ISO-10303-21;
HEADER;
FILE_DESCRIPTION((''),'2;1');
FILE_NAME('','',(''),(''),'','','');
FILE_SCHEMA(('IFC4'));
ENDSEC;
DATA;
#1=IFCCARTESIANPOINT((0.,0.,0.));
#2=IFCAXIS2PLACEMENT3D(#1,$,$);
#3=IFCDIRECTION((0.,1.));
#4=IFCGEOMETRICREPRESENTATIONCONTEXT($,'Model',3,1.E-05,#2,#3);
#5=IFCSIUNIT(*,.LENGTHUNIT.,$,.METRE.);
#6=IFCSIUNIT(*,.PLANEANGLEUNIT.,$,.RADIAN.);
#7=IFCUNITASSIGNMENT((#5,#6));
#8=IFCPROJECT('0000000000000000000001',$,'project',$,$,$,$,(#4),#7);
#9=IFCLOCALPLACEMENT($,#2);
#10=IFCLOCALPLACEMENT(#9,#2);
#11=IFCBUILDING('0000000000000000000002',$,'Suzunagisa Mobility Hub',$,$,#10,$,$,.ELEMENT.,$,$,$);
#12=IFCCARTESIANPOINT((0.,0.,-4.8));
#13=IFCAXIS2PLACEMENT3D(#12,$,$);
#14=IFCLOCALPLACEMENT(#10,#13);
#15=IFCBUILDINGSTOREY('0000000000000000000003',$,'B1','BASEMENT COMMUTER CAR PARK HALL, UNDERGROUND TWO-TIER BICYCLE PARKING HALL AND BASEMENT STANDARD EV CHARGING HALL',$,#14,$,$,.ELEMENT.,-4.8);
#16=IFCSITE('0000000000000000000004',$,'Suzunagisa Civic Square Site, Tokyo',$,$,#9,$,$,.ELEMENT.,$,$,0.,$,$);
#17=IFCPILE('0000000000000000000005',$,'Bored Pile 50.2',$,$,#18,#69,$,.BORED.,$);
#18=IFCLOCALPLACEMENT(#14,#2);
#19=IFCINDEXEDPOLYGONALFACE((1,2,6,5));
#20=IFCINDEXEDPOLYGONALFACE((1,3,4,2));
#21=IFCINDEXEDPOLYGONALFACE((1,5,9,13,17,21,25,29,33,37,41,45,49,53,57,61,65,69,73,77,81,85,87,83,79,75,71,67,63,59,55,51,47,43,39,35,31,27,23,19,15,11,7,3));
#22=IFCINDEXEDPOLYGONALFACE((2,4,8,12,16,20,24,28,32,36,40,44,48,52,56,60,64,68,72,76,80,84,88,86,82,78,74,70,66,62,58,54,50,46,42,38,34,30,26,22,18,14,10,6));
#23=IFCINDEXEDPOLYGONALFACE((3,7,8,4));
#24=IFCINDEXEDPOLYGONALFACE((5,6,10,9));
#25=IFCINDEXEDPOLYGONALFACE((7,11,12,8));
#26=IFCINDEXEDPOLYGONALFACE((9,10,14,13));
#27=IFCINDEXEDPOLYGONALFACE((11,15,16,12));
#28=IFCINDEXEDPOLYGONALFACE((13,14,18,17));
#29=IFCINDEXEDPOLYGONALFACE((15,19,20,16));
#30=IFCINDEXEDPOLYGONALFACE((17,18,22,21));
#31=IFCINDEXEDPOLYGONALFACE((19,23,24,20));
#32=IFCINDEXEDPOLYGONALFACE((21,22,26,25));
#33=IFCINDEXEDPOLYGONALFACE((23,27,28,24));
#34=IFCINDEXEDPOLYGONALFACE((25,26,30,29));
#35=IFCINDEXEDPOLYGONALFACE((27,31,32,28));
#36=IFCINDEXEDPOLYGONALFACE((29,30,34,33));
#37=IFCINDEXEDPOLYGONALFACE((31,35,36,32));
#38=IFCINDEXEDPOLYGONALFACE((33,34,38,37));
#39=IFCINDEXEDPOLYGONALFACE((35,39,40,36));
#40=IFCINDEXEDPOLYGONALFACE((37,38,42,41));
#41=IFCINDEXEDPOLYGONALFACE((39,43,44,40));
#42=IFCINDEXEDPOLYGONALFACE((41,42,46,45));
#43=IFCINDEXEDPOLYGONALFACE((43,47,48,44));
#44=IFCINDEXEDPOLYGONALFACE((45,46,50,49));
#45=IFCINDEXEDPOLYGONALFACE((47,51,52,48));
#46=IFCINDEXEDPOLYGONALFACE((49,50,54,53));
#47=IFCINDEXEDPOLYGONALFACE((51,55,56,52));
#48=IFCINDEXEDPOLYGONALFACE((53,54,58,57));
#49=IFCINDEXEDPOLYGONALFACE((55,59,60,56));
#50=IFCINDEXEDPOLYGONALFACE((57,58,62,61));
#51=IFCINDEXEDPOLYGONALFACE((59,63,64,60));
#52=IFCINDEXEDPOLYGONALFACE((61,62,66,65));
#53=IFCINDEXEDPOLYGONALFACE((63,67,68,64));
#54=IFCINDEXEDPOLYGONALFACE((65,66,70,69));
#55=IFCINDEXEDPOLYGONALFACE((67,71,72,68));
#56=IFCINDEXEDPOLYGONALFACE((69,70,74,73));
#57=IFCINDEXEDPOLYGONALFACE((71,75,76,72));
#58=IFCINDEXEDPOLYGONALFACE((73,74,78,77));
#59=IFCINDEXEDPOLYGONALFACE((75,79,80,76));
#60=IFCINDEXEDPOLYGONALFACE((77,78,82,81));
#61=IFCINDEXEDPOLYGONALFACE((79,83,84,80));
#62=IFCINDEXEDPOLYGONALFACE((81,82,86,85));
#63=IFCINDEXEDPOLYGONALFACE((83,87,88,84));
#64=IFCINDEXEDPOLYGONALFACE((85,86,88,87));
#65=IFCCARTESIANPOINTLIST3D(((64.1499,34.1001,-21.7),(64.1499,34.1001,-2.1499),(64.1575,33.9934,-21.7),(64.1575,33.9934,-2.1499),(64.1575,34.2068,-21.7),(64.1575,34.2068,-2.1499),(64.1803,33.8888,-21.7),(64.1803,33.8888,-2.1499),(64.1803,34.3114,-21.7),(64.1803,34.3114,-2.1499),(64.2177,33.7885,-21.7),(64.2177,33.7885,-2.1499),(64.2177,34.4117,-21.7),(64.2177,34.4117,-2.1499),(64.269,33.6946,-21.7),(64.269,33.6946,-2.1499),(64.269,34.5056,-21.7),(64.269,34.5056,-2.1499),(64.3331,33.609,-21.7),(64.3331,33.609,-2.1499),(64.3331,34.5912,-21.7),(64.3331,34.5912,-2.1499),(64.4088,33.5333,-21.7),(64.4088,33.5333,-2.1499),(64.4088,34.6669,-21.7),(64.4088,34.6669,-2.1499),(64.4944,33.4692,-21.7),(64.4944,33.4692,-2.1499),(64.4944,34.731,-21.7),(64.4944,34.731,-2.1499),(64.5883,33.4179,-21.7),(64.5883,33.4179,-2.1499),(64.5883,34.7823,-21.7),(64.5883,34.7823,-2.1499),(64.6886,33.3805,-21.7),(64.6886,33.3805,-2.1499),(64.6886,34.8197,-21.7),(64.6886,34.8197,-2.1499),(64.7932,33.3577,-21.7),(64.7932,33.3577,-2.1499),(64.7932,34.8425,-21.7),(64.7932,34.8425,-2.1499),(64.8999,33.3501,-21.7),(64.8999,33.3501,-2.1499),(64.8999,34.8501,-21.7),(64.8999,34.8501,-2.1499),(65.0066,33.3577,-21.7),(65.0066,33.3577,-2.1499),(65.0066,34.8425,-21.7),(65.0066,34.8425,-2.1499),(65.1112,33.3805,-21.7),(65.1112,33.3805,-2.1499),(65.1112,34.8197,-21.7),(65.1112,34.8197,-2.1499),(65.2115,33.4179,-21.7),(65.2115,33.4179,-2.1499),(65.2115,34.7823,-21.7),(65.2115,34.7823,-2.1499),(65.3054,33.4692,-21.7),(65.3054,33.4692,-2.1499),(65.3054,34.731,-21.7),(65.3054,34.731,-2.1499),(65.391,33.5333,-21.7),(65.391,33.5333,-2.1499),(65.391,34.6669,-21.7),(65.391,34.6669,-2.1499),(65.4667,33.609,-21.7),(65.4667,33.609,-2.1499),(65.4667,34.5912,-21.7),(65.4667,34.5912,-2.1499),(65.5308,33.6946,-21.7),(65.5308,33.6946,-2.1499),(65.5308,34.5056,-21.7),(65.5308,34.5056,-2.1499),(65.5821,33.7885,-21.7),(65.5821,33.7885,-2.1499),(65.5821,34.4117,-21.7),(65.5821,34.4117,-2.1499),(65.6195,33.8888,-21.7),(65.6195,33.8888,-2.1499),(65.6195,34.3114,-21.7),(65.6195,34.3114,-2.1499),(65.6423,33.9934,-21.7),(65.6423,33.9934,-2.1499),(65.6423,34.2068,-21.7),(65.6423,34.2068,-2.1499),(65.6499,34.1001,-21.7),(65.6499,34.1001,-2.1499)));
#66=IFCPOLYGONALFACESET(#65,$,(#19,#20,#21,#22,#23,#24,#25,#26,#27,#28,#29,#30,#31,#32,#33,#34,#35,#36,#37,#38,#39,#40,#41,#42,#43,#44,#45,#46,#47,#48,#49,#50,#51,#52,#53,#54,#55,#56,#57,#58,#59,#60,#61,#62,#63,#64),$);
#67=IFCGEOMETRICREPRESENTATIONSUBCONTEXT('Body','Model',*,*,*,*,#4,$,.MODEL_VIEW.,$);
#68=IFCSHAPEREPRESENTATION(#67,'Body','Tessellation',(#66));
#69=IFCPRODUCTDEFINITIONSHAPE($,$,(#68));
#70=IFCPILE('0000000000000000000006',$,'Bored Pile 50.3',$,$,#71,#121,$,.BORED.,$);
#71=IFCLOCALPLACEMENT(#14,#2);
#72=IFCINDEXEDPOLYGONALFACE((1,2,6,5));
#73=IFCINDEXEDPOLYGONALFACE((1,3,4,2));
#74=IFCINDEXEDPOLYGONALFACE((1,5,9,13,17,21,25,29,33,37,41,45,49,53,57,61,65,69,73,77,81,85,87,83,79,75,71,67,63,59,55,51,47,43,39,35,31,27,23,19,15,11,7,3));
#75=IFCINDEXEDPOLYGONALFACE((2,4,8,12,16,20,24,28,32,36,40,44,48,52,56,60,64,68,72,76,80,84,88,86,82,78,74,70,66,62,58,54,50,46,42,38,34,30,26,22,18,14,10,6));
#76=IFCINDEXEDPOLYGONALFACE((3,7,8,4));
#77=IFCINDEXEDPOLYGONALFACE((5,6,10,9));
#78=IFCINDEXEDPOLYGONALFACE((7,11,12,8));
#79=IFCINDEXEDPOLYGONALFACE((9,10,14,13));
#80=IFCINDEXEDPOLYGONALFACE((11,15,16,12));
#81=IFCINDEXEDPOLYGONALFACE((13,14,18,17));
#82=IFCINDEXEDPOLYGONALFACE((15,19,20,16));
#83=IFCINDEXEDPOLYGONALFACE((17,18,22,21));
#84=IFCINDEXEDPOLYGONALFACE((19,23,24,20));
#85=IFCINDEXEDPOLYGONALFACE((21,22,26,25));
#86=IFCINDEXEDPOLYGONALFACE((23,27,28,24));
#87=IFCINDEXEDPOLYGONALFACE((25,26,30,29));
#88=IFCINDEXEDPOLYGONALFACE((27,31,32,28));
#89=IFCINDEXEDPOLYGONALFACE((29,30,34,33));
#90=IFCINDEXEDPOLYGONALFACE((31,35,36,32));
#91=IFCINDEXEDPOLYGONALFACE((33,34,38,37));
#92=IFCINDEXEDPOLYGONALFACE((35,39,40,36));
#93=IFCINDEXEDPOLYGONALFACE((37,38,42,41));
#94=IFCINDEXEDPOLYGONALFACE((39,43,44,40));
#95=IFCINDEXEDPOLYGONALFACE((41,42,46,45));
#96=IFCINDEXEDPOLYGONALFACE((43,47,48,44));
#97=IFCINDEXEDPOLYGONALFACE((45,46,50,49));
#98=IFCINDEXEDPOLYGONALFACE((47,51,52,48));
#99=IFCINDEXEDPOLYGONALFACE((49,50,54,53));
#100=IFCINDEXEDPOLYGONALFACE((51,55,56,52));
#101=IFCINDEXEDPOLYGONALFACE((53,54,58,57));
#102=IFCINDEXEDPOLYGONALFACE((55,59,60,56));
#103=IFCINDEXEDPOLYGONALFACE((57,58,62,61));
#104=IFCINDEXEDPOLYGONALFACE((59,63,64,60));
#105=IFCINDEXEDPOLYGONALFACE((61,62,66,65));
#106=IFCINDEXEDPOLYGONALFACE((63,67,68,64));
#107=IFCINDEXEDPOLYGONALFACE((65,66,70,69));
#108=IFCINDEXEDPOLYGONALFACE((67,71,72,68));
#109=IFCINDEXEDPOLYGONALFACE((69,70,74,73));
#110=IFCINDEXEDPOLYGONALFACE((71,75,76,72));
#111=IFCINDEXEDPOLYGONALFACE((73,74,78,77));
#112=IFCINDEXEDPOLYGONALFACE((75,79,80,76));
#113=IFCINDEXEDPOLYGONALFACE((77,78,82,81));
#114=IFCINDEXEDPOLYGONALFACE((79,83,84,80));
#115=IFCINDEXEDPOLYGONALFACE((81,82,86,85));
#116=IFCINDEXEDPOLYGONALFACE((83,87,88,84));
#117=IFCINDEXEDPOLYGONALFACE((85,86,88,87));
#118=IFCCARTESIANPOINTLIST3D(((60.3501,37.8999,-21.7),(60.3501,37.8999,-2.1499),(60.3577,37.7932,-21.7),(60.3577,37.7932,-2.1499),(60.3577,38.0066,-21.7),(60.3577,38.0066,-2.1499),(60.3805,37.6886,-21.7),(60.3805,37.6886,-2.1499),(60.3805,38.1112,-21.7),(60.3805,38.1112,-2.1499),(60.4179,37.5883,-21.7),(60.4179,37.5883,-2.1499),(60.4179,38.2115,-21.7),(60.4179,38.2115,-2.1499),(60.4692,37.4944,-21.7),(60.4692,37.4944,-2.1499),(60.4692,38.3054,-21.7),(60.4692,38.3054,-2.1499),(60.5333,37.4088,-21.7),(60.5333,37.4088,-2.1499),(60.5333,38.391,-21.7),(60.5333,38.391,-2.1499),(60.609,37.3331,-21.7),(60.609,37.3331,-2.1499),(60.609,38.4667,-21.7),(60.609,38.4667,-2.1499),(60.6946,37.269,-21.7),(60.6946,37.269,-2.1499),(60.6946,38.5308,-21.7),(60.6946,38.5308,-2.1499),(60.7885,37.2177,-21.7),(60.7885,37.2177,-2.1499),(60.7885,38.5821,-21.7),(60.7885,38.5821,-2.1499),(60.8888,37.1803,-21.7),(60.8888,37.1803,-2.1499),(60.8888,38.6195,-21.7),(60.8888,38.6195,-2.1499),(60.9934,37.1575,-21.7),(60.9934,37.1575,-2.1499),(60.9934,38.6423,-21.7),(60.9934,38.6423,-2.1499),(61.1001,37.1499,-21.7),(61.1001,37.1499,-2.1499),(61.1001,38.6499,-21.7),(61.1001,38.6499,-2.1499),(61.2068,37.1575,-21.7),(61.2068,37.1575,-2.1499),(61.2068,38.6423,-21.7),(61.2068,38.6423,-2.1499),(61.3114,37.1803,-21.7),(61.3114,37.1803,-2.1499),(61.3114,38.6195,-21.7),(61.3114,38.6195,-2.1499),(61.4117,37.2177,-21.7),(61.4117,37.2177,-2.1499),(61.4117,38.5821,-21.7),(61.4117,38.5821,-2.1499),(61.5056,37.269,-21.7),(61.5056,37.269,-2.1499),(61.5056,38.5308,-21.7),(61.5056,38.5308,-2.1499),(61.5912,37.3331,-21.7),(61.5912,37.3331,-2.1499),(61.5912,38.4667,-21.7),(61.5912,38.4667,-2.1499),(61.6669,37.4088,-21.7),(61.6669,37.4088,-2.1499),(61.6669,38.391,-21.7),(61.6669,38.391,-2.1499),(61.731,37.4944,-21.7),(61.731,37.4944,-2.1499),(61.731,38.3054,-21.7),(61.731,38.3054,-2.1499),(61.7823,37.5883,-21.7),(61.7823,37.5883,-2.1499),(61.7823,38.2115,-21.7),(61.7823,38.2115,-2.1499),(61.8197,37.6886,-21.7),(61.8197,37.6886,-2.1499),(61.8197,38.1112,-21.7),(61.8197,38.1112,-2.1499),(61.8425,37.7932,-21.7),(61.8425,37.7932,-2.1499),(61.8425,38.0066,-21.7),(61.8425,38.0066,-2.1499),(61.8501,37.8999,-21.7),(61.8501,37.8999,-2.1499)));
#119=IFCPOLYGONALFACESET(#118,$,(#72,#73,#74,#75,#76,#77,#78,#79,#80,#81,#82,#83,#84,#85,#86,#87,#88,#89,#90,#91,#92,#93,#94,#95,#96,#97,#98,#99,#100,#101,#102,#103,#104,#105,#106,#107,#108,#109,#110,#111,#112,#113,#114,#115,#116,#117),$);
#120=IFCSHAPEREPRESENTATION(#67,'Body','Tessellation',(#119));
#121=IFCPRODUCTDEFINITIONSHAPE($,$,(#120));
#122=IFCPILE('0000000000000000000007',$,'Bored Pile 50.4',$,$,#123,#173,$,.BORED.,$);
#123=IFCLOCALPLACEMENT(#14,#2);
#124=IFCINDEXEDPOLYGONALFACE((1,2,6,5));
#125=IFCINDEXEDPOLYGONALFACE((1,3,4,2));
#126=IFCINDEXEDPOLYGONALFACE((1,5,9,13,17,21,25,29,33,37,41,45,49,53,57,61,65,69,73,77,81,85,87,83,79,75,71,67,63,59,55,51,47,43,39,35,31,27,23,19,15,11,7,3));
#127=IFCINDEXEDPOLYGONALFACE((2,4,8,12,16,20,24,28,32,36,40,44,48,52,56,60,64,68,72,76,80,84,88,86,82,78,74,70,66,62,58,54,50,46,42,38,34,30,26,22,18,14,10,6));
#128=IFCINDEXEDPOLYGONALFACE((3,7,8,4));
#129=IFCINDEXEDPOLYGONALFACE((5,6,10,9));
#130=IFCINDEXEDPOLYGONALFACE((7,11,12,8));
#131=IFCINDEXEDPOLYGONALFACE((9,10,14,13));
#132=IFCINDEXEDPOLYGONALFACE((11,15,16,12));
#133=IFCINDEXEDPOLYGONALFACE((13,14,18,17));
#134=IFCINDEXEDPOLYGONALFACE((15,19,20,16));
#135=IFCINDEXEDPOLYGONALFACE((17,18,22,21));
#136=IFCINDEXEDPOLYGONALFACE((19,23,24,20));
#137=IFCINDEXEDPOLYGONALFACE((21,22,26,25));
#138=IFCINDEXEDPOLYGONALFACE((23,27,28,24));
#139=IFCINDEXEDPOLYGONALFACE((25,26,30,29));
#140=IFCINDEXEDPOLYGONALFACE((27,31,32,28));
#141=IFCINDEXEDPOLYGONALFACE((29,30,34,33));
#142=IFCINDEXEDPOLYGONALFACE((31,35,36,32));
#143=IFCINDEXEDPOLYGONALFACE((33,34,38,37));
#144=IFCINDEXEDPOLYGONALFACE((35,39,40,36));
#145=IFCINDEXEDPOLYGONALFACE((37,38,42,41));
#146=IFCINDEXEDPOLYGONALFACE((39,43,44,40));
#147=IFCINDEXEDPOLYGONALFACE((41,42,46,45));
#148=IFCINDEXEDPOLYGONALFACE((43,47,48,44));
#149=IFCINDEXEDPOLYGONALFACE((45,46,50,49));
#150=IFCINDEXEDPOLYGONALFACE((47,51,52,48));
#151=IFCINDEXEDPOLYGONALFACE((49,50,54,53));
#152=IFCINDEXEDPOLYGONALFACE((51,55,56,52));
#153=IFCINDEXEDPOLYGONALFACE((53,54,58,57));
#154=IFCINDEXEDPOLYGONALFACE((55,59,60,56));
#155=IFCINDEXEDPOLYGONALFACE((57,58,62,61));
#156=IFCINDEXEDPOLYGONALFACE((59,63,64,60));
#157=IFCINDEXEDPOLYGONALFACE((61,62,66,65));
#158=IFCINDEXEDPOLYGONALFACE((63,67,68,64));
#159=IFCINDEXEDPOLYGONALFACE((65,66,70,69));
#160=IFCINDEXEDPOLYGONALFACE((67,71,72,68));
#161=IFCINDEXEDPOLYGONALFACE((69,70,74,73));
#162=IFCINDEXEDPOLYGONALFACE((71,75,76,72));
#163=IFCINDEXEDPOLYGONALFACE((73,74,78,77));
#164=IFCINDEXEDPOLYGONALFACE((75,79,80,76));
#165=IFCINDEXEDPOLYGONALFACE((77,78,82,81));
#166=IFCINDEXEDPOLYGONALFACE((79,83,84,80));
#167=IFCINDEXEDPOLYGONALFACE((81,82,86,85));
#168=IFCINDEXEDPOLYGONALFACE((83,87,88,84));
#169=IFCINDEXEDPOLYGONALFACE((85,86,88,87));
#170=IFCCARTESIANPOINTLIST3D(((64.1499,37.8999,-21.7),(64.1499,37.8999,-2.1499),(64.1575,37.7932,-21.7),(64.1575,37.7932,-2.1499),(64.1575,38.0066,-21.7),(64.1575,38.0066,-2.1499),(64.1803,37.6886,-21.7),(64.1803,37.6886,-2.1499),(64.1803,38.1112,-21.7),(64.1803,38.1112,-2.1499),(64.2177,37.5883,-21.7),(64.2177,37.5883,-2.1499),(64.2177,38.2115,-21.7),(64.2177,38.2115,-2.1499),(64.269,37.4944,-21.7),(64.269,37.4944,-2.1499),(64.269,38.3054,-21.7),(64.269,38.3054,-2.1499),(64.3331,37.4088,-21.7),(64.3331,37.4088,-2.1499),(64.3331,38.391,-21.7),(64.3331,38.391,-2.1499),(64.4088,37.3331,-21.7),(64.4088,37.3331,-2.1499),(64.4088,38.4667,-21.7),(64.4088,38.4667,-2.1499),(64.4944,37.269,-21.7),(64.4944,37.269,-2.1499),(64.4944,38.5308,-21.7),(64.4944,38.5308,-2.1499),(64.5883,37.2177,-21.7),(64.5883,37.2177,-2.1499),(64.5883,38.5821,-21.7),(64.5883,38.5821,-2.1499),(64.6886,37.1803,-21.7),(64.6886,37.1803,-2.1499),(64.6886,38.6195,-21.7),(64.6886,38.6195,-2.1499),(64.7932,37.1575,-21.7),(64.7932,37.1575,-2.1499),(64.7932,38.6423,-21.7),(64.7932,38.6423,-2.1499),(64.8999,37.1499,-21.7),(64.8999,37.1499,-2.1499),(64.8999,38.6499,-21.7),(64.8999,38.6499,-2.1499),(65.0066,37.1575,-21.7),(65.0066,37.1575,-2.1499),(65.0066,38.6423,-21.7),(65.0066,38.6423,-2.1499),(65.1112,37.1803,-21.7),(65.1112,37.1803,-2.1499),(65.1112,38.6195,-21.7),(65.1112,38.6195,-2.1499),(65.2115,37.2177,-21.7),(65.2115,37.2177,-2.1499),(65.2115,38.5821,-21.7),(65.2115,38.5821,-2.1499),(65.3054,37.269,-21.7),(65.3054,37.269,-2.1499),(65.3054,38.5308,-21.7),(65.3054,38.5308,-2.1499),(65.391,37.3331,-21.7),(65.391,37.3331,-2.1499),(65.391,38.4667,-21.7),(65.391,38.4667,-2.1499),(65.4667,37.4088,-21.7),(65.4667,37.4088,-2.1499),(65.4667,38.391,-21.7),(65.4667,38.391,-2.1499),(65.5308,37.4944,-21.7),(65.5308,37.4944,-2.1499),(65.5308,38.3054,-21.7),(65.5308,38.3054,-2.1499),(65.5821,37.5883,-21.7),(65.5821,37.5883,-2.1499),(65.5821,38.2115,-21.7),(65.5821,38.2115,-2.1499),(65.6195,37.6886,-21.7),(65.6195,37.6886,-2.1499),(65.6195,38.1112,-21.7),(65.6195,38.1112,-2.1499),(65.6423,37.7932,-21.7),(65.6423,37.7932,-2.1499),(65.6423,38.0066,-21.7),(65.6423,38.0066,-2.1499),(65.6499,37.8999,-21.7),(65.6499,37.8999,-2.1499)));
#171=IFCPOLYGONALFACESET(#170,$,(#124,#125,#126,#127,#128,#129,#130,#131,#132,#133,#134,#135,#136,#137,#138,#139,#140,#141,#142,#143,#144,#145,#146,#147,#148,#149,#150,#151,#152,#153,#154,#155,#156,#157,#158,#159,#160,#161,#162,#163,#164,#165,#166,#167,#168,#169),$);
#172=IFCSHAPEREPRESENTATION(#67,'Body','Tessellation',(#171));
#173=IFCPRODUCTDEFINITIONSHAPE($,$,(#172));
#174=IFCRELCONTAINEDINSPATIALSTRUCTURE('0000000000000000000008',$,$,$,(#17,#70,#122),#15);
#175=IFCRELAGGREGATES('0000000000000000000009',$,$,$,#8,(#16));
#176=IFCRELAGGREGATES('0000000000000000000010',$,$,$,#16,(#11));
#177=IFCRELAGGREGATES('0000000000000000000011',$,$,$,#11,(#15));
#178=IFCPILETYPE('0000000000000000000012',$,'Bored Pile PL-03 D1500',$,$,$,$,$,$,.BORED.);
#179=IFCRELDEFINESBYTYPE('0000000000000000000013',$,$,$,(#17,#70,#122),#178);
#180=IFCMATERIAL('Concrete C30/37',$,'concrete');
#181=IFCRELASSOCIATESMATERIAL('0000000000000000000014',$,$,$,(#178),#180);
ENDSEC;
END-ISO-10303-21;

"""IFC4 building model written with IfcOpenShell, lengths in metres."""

from ifc_helpers import new_model, si_unit, direction, frame, origin, origin_2d, place, context, subcontext, project, spatial, circle, extrude, material, material_profile, profile_set, type_object, element, save


model = new_model("IFC4")

# Units and contexts
model_context = context("Model", 3, precision=1e-05, world=origin(), true_north=direction((0.0, 1.0)))
body_context = subcontext(model_context, "Body", "Model", "MODEL_VIEW")
ifc_project = project(units=[si_unit("LENGTHUNIT", "METRE"), si_unit("PLANEANGLEUNIT", "RADIAN")], contexts=[model_context])

# Site, building, storey
site_placement = place(None, origin())
site = spatial("IfcSite", under=ifc_project, at=site_placement, Name="Suzunagisa Civic Square Site, Tokyo", CompositionType="ELEMENT", RefElevation=0.0)
building_placement = place(site_placement, origin())
building = spatial("IfcBuilding", under=site, at=building_placement, Name="Suzunagisa Mobility Hub", CompositionType="ELEMENT")
storey_placement = place(building_placement, frame((0.0, 0.0, -4.8)))
storey = spatial("IfcBuildingStorey", under=building, at=storey_placement, Name="B1", Description="BASEMENT COMMUTER CAR PARK HALL, UNDERGROUND TWO-TIER BICYCLE PARKING HALL AND BASEMENT STANDARD EV CHARGING HALL", CompositionType="ELEMENT", Elevation=-4.8)

# Piles
ifc_material_1 = material(Name="Concrete C30/37", Category="concrete")
ifc_material_profile_1 = material_profile(ifc_material_1, circle(Radius=0.75, at=origin_2d()), Name="BORED PILE D1500")
ifc_profile_set_1 = profile_set([ifc_material_profile_1], Name="Concrete C30/37")
pile_type_1 = type_object("IfcPileType", Name="Bored Pile PL-03 D1500", PredefinedType="BORED", material=ifc_profile_set_1)
for number, where, z_axis, x_axis, name in (
    (1, (64.8999, 34.1001, -2.1499), (0.0, 0.0, -1.0), (1.0, 0.0, 0.0), "Bored Pile 50.2"),
    (2, (61.1001, 37.8999, -2.1499), (0.0, 0.0, -1.0), (1.0, 0.0, 0.0), "Bored Pile 50.3"),
    (3, (64.8999, 37.8999, -2.1499), (0.0, 0.0, -1.0), (1.0, 0.0, 0.0), "Bored Pile 50.4"),
):
    element("IfcPile", number, at=place(storey_placement, frame(where, z_axis=z_axis, x_axis=x_axis)), inside=storey, type_object=pile_type_1, Name=name, PredefinedType="BORED", context=body_context, shape_type="SweptSolid", body=[
        extrude(circle(Radius=0.75, at=origin_2d()), origin(), (0.0, 0.0, 1.0), 19.55),
    ])

save(model, "model.ifc")
